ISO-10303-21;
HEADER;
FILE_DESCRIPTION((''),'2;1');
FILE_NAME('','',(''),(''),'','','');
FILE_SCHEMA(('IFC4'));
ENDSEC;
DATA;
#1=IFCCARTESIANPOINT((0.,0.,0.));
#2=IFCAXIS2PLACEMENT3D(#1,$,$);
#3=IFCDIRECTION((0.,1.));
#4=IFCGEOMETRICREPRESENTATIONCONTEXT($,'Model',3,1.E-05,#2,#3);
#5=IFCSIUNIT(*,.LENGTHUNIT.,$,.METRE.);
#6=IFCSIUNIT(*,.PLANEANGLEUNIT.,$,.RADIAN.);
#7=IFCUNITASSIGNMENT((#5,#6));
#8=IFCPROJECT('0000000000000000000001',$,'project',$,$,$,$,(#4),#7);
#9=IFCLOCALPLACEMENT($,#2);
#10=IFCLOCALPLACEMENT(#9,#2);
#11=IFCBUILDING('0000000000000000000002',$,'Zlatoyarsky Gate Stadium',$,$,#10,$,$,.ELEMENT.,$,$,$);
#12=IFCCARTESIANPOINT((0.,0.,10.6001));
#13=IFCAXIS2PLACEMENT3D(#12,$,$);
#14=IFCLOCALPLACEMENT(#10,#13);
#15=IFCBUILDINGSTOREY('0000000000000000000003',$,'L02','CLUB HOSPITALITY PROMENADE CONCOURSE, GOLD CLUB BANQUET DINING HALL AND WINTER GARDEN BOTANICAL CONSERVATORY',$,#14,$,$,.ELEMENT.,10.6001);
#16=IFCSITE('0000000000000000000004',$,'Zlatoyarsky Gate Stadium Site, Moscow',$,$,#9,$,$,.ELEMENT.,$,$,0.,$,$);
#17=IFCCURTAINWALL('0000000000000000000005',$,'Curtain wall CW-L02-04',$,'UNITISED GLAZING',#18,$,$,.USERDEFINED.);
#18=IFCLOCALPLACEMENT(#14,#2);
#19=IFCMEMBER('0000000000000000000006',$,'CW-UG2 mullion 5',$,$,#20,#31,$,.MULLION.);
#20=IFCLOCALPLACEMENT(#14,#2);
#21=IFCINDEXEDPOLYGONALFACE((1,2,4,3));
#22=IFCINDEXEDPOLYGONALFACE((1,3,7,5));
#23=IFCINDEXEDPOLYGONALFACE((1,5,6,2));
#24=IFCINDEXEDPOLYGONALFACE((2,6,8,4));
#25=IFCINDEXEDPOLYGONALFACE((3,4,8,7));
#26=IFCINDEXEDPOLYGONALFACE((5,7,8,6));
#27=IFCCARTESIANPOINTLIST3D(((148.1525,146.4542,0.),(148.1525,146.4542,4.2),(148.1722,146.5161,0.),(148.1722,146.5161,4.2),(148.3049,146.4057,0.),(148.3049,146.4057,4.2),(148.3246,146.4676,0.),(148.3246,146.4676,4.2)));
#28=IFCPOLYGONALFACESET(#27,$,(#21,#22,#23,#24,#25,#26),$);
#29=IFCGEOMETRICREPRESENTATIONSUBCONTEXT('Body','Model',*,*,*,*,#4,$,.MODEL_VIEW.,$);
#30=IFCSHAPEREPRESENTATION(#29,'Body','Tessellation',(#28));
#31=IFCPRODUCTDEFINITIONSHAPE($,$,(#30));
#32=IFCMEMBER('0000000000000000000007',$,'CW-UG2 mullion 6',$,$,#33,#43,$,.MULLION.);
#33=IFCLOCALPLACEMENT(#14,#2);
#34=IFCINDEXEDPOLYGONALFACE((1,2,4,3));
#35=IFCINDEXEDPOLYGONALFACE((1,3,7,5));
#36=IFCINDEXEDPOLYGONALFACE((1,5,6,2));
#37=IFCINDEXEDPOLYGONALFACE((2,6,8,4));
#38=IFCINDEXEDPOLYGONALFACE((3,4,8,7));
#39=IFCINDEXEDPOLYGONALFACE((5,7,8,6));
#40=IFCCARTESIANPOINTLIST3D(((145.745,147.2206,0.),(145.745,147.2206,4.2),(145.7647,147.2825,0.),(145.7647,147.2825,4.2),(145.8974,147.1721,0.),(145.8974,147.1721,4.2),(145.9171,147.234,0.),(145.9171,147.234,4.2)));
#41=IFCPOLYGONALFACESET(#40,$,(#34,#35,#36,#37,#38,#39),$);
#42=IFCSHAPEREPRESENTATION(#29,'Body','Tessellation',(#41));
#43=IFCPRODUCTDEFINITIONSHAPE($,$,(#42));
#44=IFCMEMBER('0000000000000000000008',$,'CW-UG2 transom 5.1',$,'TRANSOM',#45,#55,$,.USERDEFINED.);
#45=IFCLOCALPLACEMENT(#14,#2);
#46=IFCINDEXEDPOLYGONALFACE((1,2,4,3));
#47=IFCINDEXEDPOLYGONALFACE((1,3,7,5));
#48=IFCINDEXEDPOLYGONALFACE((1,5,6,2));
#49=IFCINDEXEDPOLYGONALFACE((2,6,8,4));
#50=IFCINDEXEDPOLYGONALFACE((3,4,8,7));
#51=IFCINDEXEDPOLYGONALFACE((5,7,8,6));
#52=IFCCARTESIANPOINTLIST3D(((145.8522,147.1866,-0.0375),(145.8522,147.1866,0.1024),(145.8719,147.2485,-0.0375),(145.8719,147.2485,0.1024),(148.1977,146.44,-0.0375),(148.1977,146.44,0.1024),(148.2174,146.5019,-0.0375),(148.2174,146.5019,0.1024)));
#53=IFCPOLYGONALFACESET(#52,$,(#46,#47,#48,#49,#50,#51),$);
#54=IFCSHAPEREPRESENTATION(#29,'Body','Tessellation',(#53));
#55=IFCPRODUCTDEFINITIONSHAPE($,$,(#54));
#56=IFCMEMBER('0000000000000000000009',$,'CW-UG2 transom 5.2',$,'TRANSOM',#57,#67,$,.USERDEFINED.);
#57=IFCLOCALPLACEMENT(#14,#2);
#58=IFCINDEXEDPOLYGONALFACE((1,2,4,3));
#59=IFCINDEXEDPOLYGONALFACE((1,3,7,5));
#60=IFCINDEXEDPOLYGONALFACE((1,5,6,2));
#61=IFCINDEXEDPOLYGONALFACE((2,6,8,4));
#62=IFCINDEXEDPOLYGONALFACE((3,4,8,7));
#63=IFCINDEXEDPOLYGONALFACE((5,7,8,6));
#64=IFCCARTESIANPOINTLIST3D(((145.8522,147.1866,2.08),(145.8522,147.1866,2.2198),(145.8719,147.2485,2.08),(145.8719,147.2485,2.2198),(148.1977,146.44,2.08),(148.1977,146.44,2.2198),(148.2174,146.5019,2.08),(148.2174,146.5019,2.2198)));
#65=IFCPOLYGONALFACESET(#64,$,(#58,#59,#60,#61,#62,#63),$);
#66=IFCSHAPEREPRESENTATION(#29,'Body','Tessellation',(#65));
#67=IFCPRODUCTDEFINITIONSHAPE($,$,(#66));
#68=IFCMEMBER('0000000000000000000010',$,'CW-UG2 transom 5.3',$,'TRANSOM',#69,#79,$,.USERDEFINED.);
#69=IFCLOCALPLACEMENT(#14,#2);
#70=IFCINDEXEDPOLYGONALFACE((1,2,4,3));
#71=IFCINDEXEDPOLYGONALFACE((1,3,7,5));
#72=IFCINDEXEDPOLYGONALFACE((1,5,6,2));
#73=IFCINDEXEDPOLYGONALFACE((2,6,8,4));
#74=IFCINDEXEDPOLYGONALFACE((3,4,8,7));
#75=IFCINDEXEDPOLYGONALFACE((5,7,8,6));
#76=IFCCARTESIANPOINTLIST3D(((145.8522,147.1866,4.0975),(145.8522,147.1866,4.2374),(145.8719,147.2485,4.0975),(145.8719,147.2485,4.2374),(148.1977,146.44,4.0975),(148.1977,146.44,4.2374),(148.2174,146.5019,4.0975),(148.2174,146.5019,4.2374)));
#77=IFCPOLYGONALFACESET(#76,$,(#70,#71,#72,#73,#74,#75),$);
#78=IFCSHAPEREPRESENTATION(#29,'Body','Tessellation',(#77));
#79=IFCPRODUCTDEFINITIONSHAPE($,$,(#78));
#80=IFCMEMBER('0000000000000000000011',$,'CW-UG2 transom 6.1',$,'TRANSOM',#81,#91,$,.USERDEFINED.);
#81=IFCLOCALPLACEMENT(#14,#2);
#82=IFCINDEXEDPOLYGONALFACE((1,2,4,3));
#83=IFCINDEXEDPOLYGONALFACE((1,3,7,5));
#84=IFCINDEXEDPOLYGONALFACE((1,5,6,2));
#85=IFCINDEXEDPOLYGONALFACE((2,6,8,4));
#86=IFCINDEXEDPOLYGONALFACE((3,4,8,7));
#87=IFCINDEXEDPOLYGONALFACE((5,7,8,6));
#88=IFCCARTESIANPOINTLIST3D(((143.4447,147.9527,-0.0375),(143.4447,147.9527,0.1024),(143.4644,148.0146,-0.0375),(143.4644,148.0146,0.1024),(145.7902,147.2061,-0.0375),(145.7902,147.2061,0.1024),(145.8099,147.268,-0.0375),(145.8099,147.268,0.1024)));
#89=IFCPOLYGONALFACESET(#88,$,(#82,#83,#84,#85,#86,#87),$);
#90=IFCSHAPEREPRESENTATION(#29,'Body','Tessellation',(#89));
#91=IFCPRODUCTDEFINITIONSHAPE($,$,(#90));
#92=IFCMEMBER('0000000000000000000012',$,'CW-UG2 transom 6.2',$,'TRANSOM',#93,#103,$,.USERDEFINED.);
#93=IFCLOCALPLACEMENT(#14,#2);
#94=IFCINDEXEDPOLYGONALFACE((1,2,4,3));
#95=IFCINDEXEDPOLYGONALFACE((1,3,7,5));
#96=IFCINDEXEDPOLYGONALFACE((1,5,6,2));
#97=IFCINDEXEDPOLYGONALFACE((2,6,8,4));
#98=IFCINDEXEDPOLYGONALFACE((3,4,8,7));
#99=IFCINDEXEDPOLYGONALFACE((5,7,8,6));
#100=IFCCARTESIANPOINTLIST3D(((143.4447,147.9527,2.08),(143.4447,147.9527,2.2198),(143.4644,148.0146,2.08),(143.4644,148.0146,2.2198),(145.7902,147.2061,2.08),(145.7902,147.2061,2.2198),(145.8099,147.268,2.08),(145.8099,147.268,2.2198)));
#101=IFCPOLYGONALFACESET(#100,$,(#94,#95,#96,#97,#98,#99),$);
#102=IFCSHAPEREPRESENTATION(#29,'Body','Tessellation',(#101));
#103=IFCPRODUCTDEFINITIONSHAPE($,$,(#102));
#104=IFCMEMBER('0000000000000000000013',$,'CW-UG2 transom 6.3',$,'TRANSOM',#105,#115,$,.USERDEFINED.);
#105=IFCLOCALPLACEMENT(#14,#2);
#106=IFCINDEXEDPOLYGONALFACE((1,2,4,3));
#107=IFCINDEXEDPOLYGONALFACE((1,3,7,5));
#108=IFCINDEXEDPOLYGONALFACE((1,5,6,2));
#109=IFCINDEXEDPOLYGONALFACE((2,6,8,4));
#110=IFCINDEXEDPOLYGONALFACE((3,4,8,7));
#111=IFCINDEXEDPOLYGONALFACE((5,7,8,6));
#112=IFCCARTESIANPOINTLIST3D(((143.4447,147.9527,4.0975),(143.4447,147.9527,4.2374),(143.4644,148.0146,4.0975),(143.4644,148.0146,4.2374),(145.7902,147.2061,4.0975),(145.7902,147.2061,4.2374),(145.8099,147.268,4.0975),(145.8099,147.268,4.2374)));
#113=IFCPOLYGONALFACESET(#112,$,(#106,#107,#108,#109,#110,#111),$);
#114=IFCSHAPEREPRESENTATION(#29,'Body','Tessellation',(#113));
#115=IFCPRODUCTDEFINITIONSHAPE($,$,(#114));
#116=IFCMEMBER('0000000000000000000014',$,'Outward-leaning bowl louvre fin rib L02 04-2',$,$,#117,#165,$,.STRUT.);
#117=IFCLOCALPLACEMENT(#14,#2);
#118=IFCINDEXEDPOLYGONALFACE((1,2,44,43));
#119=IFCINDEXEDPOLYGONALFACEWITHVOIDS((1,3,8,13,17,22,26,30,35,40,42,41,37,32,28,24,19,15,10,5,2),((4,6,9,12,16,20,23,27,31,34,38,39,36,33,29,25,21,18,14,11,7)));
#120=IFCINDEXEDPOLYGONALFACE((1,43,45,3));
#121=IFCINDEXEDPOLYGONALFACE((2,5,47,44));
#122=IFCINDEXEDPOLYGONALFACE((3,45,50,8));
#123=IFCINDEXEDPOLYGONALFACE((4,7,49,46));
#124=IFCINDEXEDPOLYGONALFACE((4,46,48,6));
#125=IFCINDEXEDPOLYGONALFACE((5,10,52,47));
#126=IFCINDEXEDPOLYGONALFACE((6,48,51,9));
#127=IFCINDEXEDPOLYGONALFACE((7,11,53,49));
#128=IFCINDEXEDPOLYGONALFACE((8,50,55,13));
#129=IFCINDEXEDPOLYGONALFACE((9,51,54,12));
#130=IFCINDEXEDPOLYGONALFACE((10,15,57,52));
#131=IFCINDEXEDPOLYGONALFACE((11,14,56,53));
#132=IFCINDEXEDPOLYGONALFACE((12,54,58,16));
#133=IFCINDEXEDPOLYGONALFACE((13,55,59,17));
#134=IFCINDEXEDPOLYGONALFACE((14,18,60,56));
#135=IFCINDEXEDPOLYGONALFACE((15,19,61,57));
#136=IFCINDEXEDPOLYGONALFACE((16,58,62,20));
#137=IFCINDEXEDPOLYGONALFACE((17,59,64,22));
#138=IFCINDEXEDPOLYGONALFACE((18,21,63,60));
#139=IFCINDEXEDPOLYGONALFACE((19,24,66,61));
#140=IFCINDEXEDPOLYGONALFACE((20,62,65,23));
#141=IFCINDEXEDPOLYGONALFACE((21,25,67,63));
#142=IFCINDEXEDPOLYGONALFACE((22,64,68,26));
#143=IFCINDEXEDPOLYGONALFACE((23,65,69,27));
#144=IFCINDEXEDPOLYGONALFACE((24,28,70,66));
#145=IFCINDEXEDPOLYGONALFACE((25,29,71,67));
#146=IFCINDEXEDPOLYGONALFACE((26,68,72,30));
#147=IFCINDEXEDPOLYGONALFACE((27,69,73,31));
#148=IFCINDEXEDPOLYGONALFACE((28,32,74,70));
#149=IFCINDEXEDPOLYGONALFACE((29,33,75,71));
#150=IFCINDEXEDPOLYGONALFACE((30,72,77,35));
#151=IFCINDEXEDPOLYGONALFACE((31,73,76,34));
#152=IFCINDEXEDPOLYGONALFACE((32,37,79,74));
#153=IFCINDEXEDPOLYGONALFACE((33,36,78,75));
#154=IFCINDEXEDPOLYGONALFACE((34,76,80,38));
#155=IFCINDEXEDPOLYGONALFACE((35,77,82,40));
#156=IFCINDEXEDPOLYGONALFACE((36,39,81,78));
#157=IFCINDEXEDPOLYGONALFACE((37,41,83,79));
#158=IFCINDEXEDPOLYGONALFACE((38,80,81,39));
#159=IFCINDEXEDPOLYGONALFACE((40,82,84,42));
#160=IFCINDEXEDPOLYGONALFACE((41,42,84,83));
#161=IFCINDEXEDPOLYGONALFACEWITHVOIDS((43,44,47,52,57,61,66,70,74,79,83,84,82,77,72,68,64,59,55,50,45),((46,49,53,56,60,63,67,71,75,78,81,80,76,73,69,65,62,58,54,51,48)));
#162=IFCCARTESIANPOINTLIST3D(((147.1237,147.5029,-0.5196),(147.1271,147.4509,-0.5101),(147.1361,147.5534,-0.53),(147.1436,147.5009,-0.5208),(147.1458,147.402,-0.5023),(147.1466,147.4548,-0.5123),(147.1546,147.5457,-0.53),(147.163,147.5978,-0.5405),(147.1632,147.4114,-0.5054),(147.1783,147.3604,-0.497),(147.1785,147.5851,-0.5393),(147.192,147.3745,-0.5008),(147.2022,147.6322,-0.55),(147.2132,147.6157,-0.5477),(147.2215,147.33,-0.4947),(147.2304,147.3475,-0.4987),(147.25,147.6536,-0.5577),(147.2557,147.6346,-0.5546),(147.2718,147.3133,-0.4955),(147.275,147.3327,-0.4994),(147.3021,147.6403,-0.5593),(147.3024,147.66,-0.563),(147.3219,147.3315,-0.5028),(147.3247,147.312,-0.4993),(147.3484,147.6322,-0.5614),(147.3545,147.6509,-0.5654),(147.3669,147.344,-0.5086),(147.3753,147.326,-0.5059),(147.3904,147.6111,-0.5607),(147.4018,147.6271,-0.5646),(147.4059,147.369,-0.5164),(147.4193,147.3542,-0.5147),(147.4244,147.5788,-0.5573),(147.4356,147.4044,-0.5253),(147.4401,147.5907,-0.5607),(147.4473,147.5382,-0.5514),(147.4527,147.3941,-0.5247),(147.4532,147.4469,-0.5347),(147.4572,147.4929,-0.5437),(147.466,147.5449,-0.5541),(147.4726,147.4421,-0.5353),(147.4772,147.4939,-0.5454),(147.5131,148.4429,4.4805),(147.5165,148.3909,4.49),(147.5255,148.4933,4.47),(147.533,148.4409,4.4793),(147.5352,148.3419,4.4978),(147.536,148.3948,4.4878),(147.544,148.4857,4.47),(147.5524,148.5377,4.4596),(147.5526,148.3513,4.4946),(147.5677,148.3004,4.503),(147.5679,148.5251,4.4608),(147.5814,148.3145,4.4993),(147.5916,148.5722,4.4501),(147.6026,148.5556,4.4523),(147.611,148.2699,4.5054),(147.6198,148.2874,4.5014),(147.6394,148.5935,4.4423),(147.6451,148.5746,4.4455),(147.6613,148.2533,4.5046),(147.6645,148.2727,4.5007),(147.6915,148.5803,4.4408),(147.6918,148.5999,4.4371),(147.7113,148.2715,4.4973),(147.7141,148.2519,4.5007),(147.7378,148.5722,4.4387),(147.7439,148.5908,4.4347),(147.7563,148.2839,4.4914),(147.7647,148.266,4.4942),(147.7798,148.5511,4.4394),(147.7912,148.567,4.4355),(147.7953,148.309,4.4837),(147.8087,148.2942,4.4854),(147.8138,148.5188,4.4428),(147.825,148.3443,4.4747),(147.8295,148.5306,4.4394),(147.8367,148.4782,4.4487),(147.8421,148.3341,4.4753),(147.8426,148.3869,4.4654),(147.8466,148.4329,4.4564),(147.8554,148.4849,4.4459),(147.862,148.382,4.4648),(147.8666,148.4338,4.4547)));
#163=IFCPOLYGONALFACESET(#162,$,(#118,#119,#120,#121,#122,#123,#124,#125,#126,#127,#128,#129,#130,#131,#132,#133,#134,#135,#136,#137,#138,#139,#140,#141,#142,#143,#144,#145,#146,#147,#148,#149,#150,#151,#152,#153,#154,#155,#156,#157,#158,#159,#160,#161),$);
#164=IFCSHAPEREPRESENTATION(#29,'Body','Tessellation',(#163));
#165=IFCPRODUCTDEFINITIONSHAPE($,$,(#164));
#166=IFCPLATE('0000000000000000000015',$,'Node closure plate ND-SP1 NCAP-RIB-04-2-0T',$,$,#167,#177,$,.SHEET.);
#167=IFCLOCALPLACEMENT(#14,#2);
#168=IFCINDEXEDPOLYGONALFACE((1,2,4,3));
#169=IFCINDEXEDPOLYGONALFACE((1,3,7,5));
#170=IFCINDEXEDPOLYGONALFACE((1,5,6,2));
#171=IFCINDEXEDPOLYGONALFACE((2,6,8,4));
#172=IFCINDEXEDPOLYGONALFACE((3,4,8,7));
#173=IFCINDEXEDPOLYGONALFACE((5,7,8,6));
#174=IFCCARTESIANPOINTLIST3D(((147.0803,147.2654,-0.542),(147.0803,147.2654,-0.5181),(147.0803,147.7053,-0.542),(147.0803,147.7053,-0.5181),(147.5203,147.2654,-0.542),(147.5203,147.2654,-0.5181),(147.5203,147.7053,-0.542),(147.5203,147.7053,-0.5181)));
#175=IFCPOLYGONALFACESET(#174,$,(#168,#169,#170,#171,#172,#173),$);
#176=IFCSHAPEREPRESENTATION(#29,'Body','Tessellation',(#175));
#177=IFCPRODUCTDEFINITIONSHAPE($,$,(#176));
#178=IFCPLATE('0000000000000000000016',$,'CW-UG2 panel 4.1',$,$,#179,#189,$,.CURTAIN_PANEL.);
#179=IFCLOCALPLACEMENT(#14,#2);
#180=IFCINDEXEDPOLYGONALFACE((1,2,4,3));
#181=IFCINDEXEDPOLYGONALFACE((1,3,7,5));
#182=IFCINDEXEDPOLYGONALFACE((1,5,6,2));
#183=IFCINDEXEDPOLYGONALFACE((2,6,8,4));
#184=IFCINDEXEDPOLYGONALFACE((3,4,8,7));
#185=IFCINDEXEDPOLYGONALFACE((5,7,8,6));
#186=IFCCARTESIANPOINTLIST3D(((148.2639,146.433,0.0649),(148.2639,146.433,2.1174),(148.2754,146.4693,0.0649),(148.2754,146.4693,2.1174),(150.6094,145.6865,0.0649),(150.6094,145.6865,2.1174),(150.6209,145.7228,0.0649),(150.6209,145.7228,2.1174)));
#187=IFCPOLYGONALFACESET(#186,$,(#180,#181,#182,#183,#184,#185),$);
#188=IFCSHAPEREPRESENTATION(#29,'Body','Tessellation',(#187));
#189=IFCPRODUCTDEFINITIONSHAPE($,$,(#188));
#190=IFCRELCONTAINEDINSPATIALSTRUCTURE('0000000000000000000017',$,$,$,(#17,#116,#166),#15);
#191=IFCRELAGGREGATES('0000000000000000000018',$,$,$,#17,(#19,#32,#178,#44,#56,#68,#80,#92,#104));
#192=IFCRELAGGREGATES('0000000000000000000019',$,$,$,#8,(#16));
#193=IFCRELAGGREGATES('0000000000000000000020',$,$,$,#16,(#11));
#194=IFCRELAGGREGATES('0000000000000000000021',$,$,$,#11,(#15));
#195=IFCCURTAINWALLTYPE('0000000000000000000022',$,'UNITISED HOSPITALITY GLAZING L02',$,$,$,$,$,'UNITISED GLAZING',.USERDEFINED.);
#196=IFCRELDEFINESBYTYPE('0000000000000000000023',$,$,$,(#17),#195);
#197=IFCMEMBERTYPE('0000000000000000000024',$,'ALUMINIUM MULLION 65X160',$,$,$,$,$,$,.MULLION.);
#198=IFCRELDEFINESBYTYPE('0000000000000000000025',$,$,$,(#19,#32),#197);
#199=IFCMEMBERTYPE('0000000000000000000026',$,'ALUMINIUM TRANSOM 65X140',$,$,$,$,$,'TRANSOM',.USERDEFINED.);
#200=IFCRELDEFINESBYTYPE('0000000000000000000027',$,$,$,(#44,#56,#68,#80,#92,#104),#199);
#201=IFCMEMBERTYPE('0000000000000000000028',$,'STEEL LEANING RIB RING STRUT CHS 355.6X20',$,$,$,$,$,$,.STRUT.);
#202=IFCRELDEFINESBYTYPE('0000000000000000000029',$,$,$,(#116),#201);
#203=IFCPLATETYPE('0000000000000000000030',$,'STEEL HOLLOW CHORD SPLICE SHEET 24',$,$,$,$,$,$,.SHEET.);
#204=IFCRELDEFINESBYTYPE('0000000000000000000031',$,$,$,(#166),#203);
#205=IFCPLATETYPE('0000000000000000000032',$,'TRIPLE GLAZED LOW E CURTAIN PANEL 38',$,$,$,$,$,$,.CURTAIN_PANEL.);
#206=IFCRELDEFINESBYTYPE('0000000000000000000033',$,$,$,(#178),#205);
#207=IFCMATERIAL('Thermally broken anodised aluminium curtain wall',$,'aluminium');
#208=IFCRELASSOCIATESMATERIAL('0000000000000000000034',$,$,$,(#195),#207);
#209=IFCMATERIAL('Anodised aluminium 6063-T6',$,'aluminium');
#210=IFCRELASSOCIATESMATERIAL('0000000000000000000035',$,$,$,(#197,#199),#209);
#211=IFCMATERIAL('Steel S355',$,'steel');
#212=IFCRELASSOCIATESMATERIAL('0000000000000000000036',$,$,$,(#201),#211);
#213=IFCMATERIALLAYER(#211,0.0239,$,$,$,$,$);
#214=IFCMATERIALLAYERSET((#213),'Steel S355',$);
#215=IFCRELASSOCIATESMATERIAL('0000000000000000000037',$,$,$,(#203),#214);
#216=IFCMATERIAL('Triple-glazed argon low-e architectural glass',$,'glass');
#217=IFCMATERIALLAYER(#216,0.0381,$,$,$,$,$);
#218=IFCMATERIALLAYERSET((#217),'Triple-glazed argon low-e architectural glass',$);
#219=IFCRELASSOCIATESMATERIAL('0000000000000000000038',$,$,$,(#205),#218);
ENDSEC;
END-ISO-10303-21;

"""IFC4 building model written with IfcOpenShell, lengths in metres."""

from ifc_helpers import new_model, si_unit, direction, frame, origin, origin_2d, place, context, subcontext, project, spatial, rectangle, hollow_circle, extrude, material, layer, layer_set, material_profile, profile_set, type_object, element, aggregate, save


model = new_model("IFC4")

# Units and contexts
model_context = context("Model", 3, precision=1e-05, world=origin(), true_north=direction((0.0, 1.0)))
body_context = subcontext(model_context, "Body", "Model", "MODEL_VIEW")
ifc_project = project(units=[si_unit("LENGTHUNIT", "METRE"), si_unit("PLANEANGLEUNIT", "RADIAN")], contexts=[model_context])

# Site, building, storey
site_placement = place(None, origin())
site = spatial("IfcSite", under=ifc_project, at=site_placement, Name="Zlatoyarsky Gate Stadium Site, Moscow", CompositionType="ELEMENT", RefElevation=0.0)
building_placement = place(site_placement, origin())
building = spatial("IfcBuilding", under=site, at=building_placement, Name="Zlatoyarsky Gate Stadium", CompositionType="ELEMENT")
storey_placement = place(building_placement, frame((0.0, 0.0, 10.6001)))
storey = spatial("IfcBuildingStorey", under=building, at=storey_placement, Name="L02", Description="CLUB HOSPITALITY PROMENADE CONCOURSE, GOLD CLUB BANQUET DINING HALL AND WINTER GARDEN BOTANICAL CONSERVATORY", CompositionType="ELEMENT", Elevation=10.6001)

# Curtain wall, members
ifc_material_1 = material(Name="Thermally broken anodised aluminium curtain wall", Category="aluminium")
curtain_wall_type = type_object("IfcCurtainWallType", Name="UNITISED HOSPITALITY GLAZING L02", ElementType="UNITISED GLAZING", PredefinedType="USERDEFINED", material=ifc_material_1)
curtain_wall_placement = place(storey_placement, origin())
curtain_wall = element("IfcCurtainWall", 1, at=curtain_wall_placement, inside=storey, type_object=curtain_wall_type, Name="Curtain wall CW-L02-04", ObjectType="UNITISED GLAZING", PredefinedType="USERDEFINED")
ifc_material_2 = material(Name="Anodised aluminium 6063-T6", Category="aluminium")
ifc_material_profile_1 = material_profile(ifc_material_2, rectangle(XDim=0.0649, YDim=0.1599, at=origin_2d()), Name="ALU 65X160")
ifc_profile_set_1 = profile_set([ifc_material_profile_1], Name="Anodised aluminium 6063-T6")
member_type_1 = type_object("IfcMemberType", Name="ALUMINIUM MULLION 65X160", PredefinedType="MULLION", material=ifc_profile_set_1)
member_1_placement = place(storey_placement, frame((148.2385, 146.4609, 0.0), z_axis=(0.0, 0.0, 1.0), x_axis=(-0.303278, -0.952902, 0.0)))
member_1 = element("IfcMember", 2, at=member_1_placement, type_object=member_type_1, Name="CW-UG2 mullion 5", PredefinedType="MULLION", context=body_context, shape_type="SweptSolid", body=[
    extrude(rectangle(XDim=0.0649, YDim=0.1599, at=origin_2d()), origin(), (0.0, 0.0, 1.0), 4.2),
])
member_2_placement = place(storey_placement, frame((145.8311, 147.2273, 0.0), z_axis=(0.0, 0.0, 1.0), x_axis=(-0.303278, -0.952902, 0.0)))
member_2 = element("IfcMember", 3, at=member_2_placement, type_object=member_type_1, Name="CW-UG2 mullion 6", PredefinedType="MULLION", context=body_context, shape_type="SweptSolid", body=[
    extrude(rectangle(XDim=0.0649, YDim=0.1599, at=origin_2d()), origin(), (0.0, 0.0, 1.0), 4.2),
])
ifc_material_profile_2 = material_profile(ifc_material_2, rectangle(XDim=0.0649, YDim=0.1399, at=origin_2d()), Name="ALU 65X140")
ifc_profile_set_2 = profile_set([ifc_material_profile_2], Name="Anodised aluminium 6063-T6")
member_type_2 = type_object("IfcMemberType", Name="ALUMINIUM TRANSOM 65X140", ElementType="TRANSOM", PredefinedType="USERDEFINED", material=ifc_profile_set_2)
member_3_placement = place(storey_placement, frame((148.2075, 146.4709, 0.0325), z_axis=(-0.952891, 0.303314, 0.0), x_axis=(-0.303314, -0.952891, 0.0)))
member_3 = element("IfcMember", 4, at=member_3_placement, type_object=member_type_2, Name="CW-UG2 transom 5.1", ObjectType="TRANSOM", PredefinedType="USERDEFINED", context=body_context, shape_type="SweptSolid", body=[
    extrude(rectangle(XDim=0.0649, YDim=0.1399, at=origin_2d()), origin(), (0.0, 0.0, 1.0), 2.4614),
])
member_4_placement = place(storey_placement, frame((148.2075, 146.4709, 2.1499), z_axis=(-0.952891, 0.303314, 0.0), x_axis=(-0.303314, -0.952891, 0.0)))
member_4 = element("IfcMember", 5, at=member_4_placement, type_object=member_type_2, Name="CW-UG2 transom 5.2", ObjectType="TRANSOM", PredefinedType="USERDEFINED", context=body_context, shape_type="SweptSolid", body=[
    extrude(rectangle(XDim=0.0649, YDim=0.1399, at=origin_2d()), origin(), (0.0, 0.0, 1.0), 2.4614),
])
member_5_placement = place(storey_placement, frame((148.2075, 146.4709, 4.1675), z_axis=(-0.952891, 0.303314, 0.0), x_axis=(-0.303314, -0.952891, 0.0)))
member_5 = element("IfcMember", 6, at=member_5_placement, type_object=member_type_2, Name="CW-UG2 transom 5.3", ObjectType="TRANSOM", PredefinedType="USERDEFINED", context=body_context, shape_type="SweptSolid", body=[
    extrude(rectangle(XDim=0.0649, YDim=0.1399, at=origin_2d()), origin(), (0.0, 0.0, 1.0), 2.4614),
])
member_6_placement = place(storey_placement, frame((145.8, 147.2371, 0.0325), z_axis=(-0.952891, 0.303314, 0.0), x_axis=(-0.303314, -0.952891, 0.0)))
member_6 = element("IfcMember", 7, at=member_6_placement, type_object=member_type_2, Name="CW-UG2 transom 6.1", ObjectType="TRANSOM", PredefinedType="USERDEFINED", context=body_context, shape_type="SweptSolid", body=[
    extrude(rectangle(XDim=0.0649, YDim=0.1399, at=origin_2d()), origin(), (0.0, 0.0, 1.0), 2.4614),
])
member_7_placement = place(storey_placement, frame((145.8, 147.2371, 2.1499), z_axis=(-0.952891, 0.303314, 0.0), x_axis=(-0.303314, -0.952891, 0.0)))
member_7 = element("IfcMember", 8, at=member_7_placement, type_object=member_type_2, Name="CW-UG2 transom 6.2", ObjectType="TRANSOM", PredefinedType="USERDEFINED", context=body_context, shape_type="SweptSolid", body=[
    extrude(rectangle(XDim=0.0649, YDim=0.1399, at=origin_2d()), origin(), (0.0, 0.0, 1.0), 2.4614),
])
member_8_placement = place(storey_placement, frame((145.8, 147.2371, 4.1675), z_axis=(-0.952891, 0.303314, 0.0), x_axis=(-0.303314, -0.952891, 0.0)))
member_8 = element("IfcMember", 9, at=member_8_placement, type_object=member_type_2, Name="CW-UG2 transom 6.3", ObjectType="TRANSOM", PredefinedType="USERDEFINED", context=body_context, shape_type="SweptSolid", body=[
    extrude(rectangle(XDim=0.0649, YDim=0.1399, at=origin_2d()), origin(), (0.0, 0.0, 1.0), 2.4614),
])

# Member
ifc_material_3 = material(Name="Steel S355", Category="steel")
ifc_material_profile_3 = material_profile(ifc_material_3, hollow_circle(Radius=0.1777, WallThickness=0.02, at=origin_2d()), Name="CHS 355.6X20")
ifc_profile_set_3 = profile_set([ifc_material_profile_3], Name="Steel S355")
member_type_3 = type_object("IfcMemberType", Name="STEEL LEANING RIB RING STRUT CHS 355.6X20", PredefinedType="STRUT", material=ifc_profile_set_3)
member_9_placement = place(storey_placement, frame((147.3003, 147.4854, -0.53), z_axis=(0.076317, 0.184213, 0.979919), x_axis=(-0.923856, 0.38274, 0.0)))
element("IfcMember", 10, at=member_9_placement, inside=storey, type_object=member_type_3, Name="Outward-leaning bowl louvre fin rib L02 04-2", PredefinedType="STRUT", context=body_context, shape_type="SweptSolid", body=[
    extrude(hollow_circle(Radius=0.1777, WallThickness=0.02, at=origin_2d()), origin(), (0.0, 0.0, 1.0), 5.1025),
])

# Plates
ifc_layer_1 = layer(ifc_material_3, 0.0239)
ifc_layer_set_1 = layer_set([ifc_layer_1], Name="Steel S355")
plate_type_1 = type_object("IfcPlateType", Name="STEEL HOLLOW CHORD SPLICE SHEET 24", PredefinedType="SHEET", material=ifc_layer_set_1)
plate_1_placement = place(storey_placement, frame((147.3003, 147.4854, -0.542), z_axis=(0.0, 0.0, 1.0), x_axis=(1.0, 0.0, 0.0)))
element("IfcPlate", 11, at=plate_1_placement, inside=storey, type_object=plate_type_1, Name="Node closure plate ND-SP1 NCAP-RIB-04-2-0T", PredefinedType="SHEET", context=body_context, shape_type="SweptSolid", body=[
    extrude(rectangle(XDim=0.4399, YDim=0.4399, at=origin_2d()), origin(), (0.0, 0.0, 1.0), 0.0239),
])
ifc_material_4 = material(Name="Triple-glazed argon low-e architectural glass", Category="glass")
ifc_layer_2 = layer(ifc_material_4, 0.0381)
ifc_layer_set_2 = layer_set([ifc_layer_2], Name="Triple-glazed argon low-e architectural glass")
plate_type_2 = type_object("IfcPlateType", Name="TRIPLE GLAZED LOW E CURTAIN PANEL 38", PredefinedType="CURTAIN_PANEL", material=ifc_layer_set_2)
plate_2_placement = place(storey_placement, frame((149.4424, 146.0779, 0.0649), z_axis=(0.0, 0.0, 1.0), x_axis=(-0.952902, 0.303278, 0.0)))
plate_2 = element("IfcPlate", 12, at=plate_2_placement, type_object=plate_type_2, Name="CW-UG2 panel 4.1", PredefinedType="CURTAIN_PANEL", context=body_context, shape_type="SweptSolid", body=[
    extrude(rectangle(XDim=2.4614, YDim=0.0381, at=origin_2d()), origin(), (0.0, 0.0, 1.0), 2.0525),
])
aggregate(curtain_wall, [member_1, member_2, plate_2, member_3, member_4, member_5, member_6, member_7, member_8])

save(model, "model.ifc")
